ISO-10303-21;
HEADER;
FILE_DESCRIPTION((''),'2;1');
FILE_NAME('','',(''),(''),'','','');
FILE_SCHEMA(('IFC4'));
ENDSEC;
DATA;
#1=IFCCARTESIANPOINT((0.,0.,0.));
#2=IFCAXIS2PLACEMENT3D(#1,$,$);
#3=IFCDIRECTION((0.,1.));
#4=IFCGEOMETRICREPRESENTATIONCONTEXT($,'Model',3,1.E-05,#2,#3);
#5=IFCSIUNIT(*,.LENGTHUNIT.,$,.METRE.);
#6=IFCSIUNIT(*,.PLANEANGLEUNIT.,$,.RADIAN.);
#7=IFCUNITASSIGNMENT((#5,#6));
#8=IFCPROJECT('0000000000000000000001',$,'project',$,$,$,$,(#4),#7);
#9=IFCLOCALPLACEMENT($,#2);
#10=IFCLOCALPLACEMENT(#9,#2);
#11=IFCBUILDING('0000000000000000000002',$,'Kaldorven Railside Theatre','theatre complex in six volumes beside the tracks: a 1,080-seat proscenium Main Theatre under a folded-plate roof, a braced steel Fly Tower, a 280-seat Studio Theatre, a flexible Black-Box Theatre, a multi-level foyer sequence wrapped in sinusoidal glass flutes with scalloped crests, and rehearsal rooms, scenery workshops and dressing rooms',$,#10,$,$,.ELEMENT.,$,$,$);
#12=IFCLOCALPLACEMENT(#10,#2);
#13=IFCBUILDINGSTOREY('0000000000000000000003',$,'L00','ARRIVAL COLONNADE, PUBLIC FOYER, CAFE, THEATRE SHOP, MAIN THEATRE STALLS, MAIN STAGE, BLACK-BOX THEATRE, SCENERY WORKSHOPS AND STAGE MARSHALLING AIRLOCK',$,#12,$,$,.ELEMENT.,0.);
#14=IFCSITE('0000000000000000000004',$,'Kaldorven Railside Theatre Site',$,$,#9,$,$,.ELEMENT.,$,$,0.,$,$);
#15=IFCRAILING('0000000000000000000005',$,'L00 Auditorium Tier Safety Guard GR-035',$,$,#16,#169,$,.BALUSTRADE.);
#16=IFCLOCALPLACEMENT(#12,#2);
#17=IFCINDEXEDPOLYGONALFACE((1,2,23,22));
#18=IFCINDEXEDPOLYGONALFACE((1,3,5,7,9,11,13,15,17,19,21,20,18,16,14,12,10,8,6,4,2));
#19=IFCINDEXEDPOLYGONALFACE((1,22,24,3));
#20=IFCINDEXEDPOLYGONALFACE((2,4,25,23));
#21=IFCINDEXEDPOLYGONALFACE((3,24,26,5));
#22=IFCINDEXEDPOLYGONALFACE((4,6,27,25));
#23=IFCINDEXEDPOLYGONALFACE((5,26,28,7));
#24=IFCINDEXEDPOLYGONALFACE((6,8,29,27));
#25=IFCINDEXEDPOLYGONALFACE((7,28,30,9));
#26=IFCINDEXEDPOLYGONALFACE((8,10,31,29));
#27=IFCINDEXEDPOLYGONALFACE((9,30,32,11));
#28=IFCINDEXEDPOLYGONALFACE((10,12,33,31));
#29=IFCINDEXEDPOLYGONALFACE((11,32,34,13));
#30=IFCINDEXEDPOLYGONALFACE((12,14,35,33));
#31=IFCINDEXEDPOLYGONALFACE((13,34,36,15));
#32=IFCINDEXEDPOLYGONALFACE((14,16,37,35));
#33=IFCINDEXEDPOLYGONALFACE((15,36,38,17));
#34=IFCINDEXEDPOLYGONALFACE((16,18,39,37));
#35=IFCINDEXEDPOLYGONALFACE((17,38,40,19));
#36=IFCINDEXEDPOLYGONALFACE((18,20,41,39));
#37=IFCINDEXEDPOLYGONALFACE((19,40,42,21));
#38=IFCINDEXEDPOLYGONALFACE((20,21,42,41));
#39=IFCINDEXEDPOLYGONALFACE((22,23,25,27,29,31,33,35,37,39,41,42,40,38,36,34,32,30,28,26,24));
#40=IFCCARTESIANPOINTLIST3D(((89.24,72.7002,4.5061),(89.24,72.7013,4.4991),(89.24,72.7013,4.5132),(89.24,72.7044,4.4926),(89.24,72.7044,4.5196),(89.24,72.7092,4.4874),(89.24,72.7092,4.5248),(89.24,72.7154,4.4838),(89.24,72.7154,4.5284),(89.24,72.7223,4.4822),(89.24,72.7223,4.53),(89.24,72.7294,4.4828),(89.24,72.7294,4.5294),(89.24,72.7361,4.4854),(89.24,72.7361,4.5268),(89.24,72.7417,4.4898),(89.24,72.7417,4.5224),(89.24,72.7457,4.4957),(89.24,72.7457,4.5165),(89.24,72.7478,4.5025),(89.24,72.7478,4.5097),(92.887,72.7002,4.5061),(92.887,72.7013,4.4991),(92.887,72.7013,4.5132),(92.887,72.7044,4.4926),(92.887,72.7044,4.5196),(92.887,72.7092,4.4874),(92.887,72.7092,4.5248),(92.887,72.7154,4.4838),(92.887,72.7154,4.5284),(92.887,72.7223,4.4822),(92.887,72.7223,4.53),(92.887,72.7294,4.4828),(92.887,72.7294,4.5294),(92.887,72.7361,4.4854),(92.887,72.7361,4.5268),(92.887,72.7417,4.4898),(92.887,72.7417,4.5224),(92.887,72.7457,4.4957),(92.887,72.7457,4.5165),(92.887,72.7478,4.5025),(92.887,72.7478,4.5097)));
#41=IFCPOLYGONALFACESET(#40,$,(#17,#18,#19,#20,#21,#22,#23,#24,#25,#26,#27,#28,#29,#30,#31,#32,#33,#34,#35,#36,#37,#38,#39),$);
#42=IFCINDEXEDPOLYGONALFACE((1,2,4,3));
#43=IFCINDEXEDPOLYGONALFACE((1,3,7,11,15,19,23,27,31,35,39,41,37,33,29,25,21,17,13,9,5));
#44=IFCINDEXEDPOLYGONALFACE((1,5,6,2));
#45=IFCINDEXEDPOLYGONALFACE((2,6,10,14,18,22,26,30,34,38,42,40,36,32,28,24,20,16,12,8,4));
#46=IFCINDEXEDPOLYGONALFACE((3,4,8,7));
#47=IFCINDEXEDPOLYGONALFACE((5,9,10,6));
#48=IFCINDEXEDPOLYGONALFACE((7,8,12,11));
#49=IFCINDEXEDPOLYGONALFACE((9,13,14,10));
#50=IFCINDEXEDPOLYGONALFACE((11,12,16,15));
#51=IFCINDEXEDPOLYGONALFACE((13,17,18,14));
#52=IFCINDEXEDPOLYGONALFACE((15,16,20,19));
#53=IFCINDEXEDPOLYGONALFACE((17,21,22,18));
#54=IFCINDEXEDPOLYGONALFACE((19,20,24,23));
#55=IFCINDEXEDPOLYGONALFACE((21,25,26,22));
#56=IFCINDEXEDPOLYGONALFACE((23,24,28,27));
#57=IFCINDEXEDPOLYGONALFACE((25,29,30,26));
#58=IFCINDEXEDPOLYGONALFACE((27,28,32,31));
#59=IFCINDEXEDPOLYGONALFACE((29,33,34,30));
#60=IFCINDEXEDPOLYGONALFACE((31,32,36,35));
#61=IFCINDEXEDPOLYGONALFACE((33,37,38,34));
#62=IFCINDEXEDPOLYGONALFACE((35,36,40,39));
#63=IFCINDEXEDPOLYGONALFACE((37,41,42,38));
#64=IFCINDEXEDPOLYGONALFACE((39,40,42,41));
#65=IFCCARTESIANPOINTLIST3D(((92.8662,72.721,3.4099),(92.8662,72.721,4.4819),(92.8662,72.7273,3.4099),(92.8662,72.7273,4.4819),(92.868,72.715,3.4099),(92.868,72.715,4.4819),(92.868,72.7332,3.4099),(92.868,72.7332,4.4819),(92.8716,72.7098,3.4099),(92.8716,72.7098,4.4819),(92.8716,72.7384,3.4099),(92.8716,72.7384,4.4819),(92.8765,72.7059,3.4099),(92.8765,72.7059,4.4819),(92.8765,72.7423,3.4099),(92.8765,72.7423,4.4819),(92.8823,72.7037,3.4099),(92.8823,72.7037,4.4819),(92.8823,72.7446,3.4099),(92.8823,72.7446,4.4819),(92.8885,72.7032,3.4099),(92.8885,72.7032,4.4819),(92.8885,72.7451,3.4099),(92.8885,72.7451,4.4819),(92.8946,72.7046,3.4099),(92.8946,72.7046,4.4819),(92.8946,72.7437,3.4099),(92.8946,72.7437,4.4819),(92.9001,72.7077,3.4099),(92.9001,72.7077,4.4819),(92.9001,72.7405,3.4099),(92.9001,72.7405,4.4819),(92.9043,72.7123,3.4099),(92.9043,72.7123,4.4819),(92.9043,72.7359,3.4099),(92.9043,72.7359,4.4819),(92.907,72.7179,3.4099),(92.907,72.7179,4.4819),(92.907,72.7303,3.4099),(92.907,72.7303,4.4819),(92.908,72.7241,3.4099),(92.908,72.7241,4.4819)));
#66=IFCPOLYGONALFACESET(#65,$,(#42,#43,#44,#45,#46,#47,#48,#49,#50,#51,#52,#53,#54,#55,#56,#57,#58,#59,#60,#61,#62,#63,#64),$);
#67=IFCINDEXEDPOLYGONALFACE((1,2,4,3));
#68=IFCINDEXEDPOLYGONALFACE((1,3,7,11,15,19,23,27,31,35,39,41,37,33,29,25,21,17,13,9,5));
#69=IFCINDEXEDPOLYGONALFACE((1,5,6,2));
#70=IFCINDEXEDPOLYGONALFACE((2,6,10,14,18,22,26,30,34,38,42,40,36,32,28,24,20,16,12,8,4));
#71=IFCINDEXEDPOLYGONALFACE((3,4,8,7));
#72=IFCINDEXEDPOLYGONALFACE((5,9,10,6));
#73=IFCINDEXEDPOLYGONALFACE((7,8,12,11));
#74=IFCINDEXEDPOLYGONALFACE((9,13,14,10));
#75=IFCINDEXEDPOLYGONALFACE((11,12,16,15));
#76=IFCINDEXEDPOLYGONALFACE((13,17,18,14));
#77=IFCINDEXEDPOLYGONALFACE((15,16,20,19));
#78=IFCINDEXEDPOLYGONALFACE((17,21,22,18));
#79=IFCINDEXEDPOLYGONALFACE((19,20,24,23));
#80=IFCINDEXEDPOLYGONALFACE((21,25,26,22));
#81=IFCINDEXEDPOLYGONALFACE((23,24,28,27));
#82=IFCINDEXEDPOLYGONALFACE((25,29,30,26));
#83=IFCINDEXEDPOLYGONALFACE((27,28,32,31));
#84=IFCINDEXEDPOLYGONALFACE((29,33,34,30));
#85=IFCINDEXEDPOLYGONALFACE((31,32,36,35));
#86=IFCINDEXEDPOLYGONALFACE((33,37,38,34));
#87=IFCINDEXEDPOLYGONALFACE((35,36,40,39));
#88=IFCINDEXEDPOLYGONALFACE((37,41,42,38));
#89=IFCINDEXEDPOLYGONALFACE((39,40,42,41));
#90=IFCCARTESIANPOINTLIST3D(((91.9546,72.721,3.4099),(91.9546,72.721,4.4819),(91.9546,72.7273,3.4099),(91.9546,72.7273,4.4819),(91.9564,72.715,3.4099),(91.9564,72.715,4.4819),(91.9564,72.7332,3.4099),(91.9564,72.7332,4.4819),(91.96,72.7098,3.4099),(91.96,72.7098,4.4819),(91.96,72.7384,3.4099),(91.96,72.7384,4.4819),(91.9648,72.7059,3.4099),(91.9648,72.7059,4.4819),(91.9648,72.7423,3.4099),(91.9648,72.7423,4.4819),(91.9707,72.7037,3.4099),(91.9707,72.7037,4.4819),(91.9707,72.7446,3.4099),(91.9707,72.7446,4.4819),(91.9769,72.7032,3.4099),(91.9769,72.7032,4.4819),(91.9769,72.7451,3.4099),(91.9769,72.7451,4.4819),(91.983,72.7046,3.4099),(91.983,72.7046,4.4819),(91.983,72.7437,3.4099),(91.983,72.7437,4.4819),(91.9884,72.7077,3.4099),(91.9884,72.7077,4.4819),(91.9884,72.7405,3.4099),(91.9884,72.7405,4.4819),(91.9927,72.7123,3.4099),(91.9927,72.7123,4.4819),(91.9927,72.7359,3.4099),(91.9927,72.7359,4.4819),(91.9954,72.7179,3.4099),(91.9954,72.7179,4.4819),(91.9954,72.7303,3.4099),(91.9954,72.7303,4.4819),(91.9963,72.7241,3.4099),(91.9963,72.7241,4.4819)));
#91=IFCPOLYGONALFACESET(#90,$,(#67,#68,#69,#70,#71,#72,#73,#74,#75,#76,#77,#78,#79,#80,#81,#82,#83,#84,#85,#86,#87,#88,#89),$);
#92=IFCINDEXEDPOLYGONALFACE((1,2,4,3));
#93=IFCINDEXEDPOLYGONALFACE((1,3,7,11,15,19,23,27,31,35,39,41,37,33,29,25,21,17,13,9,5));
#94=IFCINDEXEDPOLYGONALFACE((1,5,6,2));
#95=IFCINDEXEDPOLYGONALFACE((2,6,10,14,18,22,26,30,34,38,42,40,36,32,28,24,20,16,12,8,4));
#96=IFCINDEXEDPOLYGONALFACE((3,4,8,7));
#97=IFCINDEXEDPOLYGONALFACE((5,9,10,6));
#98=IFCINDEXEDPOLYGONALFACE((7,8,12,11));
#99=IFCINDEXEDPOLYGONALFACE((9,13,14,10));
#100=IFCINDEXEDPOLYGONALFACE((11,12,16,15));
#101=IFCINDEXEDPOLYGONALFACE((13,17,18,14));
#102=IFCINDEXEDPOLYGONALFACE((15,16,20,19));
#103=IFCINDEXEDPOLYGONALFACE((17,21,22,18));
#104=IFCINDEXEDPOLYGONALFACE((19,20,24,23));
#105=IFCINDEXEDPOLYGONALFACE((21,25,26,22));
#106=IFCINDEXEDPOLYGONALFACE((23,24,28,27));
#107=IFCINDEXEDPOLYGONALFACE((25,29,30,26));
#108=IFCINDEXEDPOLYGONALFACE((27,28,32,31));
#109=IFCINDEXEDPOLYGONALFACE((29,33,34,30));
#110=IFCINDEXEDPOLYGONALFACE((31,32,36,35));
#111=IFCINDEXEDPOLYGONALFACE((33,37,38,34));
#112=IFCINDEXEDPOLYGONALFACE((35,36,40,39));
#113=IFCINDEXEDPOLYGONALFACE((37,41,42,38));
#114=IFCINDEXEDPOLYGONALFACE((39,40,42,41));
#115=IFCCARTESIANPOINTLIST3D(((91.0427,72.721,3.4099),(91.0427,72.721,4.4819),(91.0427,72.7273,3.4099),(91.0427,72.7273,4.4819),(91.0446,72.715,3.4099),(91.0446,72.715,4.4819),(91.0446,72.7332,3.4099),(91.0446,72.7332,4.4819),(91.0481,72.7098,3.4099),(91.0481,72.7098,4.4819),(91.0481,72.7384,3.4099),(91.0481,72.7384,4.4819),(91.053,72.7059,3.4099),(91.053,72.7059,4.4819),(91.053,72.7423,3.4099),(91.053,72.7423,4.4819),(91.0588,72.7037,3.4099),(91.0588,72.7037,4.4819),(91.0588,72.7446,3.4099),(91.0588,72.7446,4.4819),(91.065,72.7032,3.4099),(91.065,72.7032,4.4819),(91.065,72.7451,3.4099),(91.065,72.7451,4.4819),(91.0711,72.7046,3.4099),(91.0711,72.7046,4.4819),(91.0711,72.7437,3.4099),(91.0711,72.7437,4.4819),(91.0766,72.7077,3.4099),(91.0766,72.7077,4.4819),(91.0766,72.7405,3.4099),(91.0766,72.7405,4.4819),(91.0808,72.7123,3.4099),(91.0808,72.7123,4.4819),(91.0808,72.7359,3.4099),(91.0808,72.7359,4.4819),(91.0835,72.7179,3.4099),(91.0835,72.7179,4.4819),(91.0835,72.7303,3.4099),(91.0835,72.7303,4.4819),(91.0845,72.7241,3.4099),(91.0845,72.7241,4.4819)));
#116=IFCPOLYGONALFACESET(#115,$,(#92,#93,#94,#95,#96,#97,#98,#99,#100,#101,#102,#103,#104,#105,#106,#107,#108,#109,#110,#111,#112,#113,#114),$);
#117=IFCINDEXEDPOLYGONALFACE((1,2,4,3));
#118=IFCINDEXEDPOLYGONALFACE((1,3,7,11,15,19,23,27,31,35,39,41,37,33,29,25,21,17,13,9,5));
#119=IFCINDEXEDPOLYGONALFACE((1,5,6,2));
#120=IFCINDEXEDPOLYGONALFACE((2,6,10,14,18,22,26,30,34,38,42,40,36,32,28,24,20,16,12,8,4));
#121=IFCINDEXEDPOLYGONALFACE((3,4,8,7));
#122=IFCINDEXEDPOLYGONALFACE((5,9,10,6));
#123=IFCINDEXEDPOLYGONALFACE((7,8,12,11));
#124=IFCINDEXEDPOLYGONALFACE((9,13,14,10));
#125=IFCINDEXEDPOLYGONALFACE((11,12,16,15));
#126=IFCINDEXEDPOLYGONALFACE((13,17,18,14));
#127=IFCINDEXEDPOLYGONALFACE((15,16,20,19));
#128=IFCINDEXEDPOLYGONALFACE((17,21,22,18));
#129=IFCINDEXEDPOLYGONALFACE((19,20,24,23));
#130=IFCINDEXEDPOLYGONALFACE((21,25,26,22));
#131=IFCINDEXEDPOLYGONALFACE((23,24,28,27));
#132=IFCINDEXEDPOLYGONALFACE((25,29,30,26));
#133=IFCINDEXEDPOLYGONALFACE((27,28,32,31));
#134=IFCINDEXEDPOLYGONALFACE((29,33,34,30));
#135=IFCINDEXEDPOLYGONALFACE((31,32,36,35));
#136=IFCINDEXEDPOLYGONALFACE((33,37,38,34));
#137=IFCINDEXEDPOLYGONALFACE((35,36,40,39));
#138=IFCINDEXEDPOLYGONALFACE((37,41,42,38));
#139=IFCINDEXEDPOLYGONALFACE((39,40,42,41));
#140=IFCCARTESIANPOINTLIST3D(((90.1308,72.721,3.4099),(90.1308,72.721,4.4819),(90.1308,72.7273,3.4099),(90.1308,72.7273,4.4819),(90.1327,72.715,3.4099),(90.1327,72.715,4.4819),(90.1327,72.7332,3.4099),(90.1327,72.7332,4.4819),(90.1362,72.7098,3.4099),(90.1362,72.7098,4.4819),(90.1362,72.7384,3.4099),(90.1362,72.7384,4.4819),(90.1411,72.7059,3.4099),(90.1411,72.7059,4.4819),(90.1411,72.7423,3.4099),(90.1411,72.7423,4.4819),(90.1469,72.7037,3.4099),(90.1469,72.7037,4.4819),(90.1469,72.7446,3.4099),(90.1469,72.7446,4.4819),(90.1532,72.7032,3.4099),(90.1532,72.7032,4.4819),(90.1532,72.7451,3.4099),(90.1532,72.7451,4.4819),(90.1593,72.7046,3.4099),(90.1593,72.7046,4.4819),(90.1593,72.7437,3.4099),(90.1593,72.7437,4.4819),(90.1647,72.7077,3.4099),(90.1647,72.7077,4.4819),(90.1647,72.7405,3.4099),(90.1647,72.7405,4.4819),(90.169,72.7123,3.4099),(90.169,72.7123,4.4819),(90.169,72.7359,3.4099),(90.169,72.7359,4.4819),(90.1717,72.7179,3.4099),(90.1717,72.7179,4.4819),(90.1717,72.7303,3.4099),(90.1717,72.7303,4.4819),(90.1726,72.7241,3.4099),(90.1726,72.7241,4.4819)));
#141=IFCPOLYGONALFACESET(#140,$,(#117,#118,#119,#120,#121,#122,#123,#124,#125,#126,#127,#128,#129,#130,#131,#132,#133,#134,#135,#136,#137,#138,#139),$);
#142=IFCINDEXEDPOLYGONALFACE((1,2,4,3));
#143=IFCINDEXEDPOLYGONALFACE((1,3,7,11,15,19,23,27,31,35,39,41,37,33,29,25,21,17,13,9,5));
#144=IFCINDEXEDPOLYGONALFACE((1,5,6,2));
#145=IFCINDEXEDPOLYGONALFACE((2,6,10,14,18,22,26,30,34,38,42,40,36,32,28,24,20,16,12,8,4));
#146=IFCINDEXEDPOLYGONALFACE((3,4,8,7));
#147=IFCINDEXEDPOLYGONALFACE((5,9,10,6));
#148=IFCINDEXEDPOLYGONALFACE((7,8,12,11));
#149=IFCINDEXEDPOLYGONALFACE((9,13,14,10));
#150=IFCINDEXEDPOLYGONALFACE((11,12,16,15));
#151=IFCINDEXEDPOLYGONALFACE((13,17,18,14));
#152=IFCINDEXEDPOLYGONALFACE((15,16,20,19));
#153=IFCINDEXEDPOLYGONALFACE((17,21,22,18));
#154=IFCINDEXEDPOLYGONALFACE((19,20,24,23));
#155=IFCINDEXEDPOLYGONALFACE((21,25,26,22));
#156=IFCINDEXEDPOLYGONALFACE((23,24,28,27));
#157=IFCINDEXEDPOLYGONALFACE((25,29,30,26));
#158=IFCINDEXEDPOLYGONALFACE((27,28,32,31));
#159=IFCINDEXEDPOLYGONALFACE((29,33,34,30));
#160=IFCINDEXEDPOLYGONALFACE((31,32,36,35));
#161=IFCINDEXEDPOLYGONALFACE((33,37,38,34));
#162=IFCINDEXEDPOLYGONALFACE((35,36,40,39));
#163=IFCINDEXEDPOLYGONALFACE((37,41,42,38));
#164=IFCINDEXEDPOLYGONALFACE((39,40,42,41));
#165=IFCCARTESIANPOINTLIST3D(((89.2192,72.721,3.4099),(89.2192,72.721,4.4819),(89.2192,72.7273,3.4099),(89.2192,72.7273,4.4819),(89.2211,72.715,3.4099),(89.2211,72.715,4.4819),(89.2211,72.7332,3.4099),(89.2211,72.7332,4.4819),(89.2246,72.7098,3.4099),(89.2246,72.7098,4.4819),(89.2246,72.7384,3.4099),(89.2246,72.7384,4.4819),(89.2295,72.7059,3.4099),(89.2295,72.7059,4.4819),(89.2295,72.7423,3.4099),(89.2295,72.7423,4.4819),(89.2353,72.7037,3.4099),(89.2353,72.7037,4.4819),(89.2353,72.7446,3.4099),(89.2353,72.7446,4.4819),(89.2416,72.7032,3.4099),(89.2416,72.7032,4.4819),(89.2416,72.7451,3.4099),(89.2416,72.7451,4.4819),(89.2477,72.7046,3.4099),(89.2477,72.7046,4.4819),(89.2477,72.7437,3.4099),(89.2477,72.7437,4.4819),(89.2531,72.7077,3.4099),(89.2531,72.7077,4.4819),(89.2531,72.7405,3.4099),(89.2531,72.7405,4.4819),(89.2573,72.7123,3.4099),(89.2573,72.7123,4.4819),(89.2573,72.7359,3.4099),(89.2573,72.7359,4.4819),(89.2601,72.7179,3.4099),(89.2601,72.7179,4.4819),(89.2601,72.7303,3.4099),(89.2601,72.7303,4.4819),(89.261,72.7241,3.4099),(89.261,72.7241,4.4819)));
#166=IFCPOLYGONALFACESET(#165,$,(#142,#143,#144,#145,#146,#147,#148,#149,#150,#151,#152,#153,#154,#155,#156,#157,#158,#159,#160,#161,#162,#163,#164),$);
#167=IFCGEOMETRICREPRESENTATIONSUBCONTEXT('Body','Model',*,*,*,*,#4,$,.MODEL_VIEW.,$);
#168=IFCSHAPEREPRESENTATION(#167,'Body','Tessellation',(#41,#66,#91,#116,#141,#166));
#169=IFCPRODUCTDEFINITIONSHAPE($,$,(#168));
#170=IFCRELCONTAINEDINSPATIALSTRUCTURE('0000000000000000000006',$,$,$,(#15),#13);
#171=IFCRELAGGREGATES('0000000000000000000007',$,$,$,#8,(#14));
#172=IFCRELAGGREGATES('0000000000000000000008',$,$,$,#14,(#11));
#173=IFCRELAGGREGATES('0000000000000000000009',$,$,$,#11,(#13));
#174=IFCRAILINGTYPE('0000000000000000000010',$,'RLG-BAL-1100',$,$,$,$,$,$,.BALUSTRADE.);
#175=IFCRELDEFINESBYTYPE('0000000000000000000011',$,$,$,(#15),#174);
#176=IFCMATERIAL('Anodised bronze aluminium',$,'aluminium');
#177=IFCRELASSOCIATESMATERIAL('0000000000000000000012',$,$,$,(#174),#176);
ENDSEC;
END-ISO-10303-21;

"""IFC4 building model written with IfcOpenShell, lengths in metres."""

from ifc_helpers import new_model, si_unit, direction, frame, origin, origin_2d, place, context, subcontext, project, spatial, circle, extrude, material, type_object, element, save


model = new_model("IFC4")

# Units and contexts
model_context = context("Model", 3, precision=1e-05, world=origin(), true_north=direction((0.0, 1.0)))
body_context = subcontext(model_context, "Body", "Model", "MODEL_VIEW")
ifc_project = project(units=[si_unit("LENGTHUNIT", "METRE"), si_unit("PLANEANGLEUNIT", "RADIAN")], contexts=[model_context])

# Site, building, storey
site_placement = place(None, origin())
site = spatial("IfcSite", under=ifc_project, at=site_placement, Name="Kaldorven Railside Theatre Site", CompositionType="ELEMENT", RefElevation=0.0)
building_placement = place(site_placement, origin())
building = spatial("IfcBuilding", under=site, at=building_placement, Name="Kaldorven Railside Theatre", Description="theatre complex in six volumes beside the tracks: a 1,080-seat proscenium Main Theatre under a folded-plate roof, a braced steel Fly Tower, a 280-seat Studio Theatre, a flexible Black-Box Theatre, a multi-level foyer sequence wrapped in sinusoidal glass flutes with scalloped crests, and rehearsal rooms, scenery workshops and dressing rooms", CompositionType="ELEMENT")
storey_placement = place(building_placement, origin())
storey = spatial("IfcBuildingStorey", under=building, at=storey_placement, Name="L00", Description="ARRIVAL COLONNADE, PUBLIC FOYER, CAFE, THEATRE SHOP, MAIN THEATRE STALLS, MAIN STAGE, BLACK-BOX THEATRE, SCENERY WORKSHOPS AND STAGE MARSHALLING AIRLOCK", CompositionType="ELEMENT", Elevation=0.0)

# Railing
ifc_material_1 = material(Name="Anodised bronze aluminium", Category="aluminium")
railing_type = type_object("IfcRailingType", Name="RLG-BAL-1100", PredefinedType="BALUSTRADE", material=ifc_material_1)
for number, where, name in (
    (1, (92.887, 72.7241, 3.4099), "L00 Auditorium Tier Safety Guard GR-035"),
):
    element("IfcRailing", number, at=place(storey_placement, frame(where)), inside=storey, type_object=railing_type, Name=name, PredefinedType="BALUSTRADE", context=body_context, shape_type="SweptSolid", body=[
        extrude(circle(Radius=0.0239, at=origin_2d()), frame((0.0, 0.0, 1.0962), z_axis=(-1.0, 0.0, 0.0), x_axis=(0.0, -1.0, 0.0)), (0.0, 0.0, 1.0), 3.647),
        extrude(circle(Radius=0.021, at=origin_2d()), origin(), (0.0, 0.0, 1.0), 1.072),
        extrude(circle(Radius=0.021, at=origin_2d()), frame((-0.9116, 0.0, 0.0)), (0.0, 0.0, 1.0), 1.072),
        extrude(circle(Radius=0.021, at=origin_2d()), frame((-1.8235, 0.0, 0.0)), (0.0, 0.0, 1.0), 1.072),
        extrude(circle(Radius=0.021, at=origin_2d()), frame((-2.7354, 0.0, 0.0)), (0.0, 0.0, 1.0), 1.072),
        extrude(circle(Radius=0.021, at=origin_2d()), frame((-3.647, 0.0, 0.0)), (0.0, 0.0, 1.0), 1.072),
    ])

save(model, "model.ifc")
